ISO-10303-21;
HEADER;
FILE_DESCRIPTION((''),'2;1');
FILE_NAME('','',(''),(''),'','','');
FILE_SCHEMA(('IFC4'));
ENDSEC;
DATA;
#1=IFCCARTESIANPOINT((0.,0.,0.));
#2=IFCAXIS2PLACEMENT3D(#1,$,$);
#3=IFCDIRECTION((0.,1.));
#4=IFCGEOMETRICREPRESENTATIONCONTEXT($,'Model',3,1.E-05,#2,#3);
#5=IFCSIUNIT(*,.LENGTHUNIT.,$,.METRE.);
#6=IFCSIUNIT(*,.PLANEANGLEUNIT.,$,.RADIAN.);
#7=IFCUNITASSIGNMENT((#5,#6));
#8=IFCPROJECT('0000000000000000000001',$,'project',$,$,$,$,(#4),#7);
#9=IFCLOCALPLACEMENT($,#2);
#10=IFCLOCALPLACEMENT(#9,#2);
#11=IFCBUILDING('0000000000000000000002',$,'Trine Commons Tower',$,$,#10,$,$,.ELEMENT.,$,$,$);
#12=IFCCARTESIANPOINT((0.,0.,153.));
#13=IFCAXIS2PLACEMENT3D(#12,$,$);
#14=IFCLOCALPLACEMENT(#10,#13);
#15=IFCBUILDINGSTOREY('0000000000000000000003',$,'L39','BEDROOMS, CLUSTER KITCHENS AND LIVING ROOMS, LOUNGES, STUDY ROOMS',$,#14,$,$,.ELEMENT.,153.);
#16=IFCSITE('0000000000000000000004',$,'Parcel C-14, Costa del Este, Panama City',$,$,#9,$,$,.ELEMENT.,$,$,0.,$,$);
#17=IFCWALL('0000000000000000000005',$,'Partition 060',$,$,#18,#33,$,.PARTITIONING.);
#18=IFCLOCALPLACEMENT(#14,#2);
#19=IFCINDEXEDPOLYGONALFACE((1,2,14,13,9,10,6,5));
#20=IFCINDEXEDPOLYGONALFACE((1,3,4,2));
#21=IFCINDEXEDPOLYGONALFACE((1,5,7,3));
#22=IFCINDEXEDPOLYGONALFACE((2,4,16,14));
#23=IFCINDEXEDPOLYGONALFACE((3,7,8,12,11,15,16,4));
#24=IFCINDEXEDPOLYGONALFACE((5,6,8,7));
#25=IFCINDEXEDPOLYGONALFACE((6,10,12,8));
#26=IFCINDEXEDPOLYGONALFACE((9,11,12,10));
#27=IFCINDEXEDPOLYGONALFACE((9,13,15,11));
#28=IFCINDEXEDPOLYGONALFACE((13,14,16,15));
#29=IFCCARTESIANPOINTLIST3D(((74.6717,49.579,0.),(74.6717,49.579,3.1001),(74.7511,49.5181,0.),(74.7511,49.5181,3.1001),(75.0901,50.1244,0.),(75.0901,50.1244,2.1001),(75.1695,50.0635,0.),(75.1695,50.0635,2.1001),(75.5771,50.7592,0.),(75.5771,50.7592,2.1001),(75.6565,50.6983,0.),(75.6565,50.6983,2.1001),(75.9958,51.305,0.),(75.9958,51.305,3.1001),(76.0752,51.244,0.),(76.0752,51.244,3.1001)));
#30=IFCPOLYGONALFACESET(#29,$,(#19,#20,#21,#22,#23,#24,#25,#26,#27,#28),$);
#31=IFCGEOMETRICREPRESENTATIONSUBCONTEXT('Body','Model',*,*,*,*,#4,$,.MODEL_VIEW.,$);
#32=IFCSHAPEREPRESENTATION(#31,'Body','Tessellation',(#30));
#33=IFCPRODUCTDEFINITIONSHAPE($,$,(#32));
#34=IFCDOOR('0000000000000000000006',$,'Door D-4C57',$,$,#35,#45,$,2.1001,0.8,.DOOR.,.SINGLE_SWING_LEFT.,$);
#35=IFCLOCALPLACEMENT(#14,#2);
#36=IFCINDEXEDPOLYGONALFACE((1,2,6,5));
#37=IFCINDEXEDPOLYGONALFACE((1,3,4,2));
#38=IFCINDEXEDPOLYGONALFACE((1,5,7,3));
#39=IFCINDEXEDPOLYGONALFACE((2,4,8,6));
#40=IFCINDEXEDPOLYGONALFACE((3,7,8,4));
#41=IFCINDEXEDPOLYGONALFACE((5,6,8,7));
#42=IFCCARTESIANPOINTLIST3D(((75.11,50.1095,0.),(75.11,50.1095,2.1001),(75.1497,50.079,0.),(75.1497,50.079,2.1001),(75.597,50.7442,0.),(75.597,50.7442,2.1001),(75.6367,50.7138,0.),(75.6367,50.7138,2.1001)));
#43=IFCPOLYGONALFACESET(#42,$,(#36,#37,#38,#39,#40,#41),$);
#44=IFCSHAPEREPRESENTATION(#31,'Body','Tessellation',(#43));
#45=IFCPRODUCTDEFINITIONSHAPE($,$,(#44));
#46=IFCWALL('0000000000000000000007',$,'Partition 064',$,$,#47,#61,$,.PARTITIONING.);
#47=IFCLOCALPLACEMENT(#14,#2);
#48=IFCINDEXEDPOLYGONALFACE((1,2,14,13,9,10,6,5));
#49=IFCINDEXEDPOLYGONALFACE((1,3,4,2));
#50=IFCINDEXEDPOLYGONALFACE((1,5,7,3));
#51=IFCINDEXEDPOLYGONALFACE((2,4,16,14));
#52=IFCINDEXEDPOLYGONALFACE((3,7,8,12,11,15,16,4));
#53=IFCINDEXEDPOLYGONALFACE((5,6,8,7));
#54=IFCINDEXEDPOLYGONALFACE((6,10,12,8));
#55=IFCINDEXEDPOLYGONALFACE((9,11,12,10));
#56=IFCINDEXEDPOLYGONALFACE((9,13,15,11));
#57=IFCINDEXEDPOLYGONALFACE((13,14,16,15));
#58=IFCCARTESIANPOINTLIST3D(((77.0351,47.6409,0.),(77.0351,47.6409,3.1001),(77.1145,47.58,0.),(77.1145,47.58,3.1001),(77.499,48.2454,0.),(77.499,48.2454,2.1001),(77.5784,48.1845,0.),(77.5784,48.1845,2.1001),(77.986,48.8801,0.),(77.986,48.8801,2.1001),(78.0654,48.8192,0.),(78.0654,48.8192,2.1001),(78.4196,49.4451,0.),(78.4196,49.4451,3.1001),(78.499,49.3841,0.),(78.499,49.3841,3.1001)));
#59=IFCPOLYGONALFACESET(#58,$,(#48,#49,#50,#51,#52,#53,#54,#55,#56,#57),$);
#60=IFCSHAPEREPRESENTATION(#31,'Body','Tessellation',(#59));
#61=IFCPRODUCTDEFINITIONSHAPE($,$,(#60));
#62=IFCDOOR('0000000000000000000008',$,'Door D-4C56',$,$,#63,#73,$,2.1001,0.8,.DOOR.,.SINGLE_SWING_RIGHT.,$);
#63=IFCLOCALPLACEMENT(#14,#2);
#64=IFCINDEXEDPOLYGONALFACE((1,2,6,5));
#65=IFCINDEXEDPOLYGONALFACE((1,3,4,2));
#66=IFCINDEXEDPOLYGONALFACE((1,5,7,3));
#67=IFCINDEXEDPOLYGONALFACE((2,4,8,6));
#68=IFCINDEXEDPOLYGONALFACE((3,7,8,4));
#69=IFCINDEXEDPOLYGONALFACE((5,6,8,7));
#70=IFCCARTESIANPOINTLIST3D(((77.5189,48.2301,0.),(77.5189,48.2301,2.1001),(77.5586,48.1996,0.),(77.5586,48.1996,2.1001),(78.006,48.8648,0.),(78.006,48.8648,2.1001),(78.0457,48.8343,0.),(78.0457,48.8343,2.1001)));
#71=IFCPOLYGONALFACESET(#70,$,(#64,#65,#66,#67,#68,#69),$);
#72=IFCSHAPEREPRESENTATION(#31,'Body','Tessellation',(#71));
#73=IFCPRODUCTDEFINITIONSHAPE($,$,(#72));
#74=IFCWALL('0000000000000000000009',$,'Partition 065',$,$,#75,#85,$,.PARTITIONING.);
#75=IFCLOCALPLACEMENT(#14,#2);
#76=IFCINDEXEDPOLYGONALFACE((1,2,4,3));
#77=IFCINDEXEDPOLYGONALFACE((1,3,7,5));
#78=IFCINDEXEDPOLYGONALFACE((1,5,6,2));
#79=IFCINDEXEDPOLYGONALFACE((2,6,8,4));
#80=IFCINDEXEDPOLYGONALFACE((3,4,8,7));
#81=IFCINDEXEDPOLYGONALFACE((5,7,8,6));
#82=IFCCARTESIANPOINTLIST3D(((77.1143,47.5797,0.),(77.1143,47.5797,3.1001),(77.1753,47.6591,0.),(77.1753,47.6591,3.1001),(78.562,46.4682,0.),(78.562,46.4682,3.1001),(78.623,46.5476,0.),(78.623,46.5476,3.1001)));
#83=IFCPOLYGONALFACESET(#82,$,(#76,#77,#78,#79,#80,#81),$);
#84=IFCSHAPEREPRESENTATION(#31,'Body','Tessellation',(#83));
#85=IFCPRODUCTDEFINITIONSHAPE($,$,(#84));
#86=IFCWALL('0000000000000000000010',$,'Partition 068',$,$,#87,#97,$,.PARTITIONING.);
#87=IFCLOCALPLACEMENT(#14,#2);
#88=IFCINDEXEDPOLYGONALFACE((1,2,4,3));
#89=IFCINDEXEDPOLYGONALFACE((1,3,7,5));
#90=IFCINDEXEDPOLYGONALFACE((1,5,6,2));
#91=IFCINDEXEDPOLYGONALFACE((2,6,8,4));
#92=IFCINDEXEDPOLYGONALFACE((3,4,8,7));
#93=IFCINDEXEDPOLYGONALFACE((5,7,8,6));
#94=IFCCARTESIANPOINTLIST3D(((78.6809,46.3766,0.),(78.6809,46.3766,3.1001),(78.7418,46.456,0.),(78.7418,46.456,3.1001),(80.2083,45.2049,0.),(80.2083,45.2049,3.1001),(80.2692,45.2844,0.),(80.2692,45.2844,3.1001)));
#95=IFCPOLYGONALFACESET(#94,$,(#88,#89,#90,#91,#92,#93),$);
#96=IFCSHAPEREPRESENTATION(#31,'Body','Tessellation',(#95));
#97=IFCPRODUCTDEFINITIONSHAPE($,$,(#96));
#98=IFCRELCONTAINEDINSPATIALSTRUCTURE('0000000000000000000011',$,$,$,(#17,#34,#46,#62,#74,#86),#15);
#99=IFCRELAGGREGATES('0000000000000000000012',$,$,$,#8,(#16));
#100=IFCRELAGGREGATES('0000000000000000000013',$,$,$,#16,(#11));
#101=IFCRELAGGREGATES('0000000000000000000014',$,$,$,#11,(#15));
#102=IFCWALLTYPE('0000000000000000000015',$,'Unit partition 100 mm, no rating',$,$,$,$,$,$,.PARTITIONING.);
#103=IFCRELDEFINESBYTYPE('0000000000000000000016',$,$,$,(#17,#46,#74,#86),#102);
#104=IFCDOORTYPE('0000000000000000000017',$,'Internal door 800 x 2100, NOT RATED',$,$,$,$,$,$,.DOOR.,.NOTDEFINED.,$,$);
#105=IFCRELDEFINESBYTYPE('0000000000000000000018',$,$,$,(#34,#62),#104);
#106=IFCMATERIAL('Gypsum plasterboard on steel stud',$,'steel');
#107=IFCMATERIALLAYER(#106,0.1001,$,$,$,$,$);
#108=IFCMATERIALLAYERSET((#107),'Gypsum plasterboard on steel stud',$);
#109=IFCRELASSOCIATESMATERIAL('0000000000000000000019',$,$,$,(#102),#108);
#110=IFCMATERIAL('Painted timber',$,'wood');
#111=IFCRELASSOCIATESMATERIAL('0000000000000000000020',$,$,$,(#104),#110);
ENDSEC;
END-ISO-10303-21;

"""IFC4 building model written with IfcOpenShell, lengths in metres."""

from ifc_helpers import new_model, si_unit, direction, frame, frame_2d, origin, place, context, subcontext, project, spatial, rectangle, extrude, material, layer, layer_set, type_object, element, fill, save


model = new_model("IFC4")

# Units and contexts
model_context = context("Model", 3, precision=1e-05, world=origin(), true_north=direction((0.0, 1.0)))
body_context = subcontext(model_context, "Body", "Model", "MODEL_VIEW")
ifc_project = project(units=[si_unit("LENGTHUNIT", "METRE"), si_unit("PLANEANGLEUNIT", "RADIAN")], contexts=[model_context])

# Site, building, storey
site_placement = place(None, origin())
site = spatial("IfcSite", under=ifc_project, at=site_placement, Name="Parcel C-14, Costa del Este, Panama City", CompositionType="ELEMENT", RefElevation=0.0)
building_placement = place(site_placement, origin())
building = spatial("IfcBuilding", under=site, at=building_placement, Name="Trine Commons Tower", CompositionType="ELEMENT")
storey_placement = place(building_placement, frame((0.0, 0.0, 153.0)))
storey = spatial("IfcBuildingStorey", under=building, at=storey_placement, Name="L39", Description="BEDROOMS, CLUSTER KITCHENS AND LIVING ROOMS, LOUNGES, STUDY ROOMS", CompositionType="ELEMENT", Elevation=153.0)

# Shared definitions
ifc_material_1 = material(Name="Gypsum plasterboard on steel stud", Category="steel")
ifc_material_2 = material(Name="Painted timber", Category="wood")

# Walls, openings, doors
ifc_layer_1 = layer(ifc_material_1, 0.1001)
ifc_layer_set_1 = layer_set([ifc_layer_1], Name="Gypsum plasterboard on steel stud")
wall_type_1 = type_object("IfcWallType", Name="Unit partition 100 mm, no rating", PredefinedType="PARTITIONING", material=ifc_layer_set_1)
wall_1_placement = place(storey_placement, frame((74.7114, 49.5486, 0.0), z_axis=(0.0, 0.0, 1.0), x_axis=(0.608674, 0.79342, 0.0)))
wall_1 = element("IfcWall", 1, at=wall_1_placement, inside=storey, type_object=wall_type_1, Name="Partition 060", PredefinedType="PARTITIONING", context=body_context, shape_type="SweptSolid", body=[
    extrude(rectangle(XDim=2.1753, YDim=0.1001, at=frame_2d((1.0876, 0.0))), origin(), (0.0, 0.0, 1.0), 3.1001),
])
opening_1_placement = place(wall_1_placement, frame((0.6875, 0.0, 0.0)))
opening_1 = element("IfcOpeningElement", 2, at=opening_1_placement, cuts=wall_1, PredefinedType="OPENING", context=body_context, shape_type="SweptSolid", body=[
    extrude(rectangle(XDim=0.8, YDim=2.1001, at=frame_2d((0.3999, 1.05))), frame((0.0, 0.0601, 0.0), z_axis=(0.0, -1.0, 0.0), x_axis=(1.0, 0.0, 0.0)), (0.0, 0.0, 1.0), 0.1201),
])
door_type_1 = type_object("IfcDoorType", Name="Internal door 800 x 2100, NOT RATED", OperationType="NOTDEFINED", PredefinedType="DOOR", material=ifc_material_2)
door_1_placement = place(opening_1_placement, frame((0.8, 0.0, 0.0), z_axis=(0.0, 0.0, 1.0), x_axis=(-1.0, 0.0, 0.0)))
door_1 = element("IfcDoor", 3, at=door_1_placement, inside=storey, type_object=door_type_1, Name="Door D-4C57", OperationType="SINGLE_SWING_LEFT", OverallHeight=2.1001, OverallWidth=0.8, PredefinedType="DOOR", context=body_context, shape_type="SweptSolid", body=[
    extrude(rectangle(XDim=0.8, YDim=2.1001, at=frame_2d((0.3999, 1.05))), frame((0.0, 0.0249, 0.0), z_axis=(0.0, -1.0, 0.0), x_axis=(1.0, 0.0, 0.0)), (0.0, 0.0, 1.0), 0.05),
])
fill(opening_1, door_1)
wall_2_placement = place(storey_placement, frame((77.0747, 47.6104, 0.0), z_axis=(0.0, 0.0, 1.0), x_axis=(0.608792, 0.79333, 0.0)))
wall_2 = element("IfcWall", 4, at=wall_2_placement, inside=storey, type_object=wall_type_1, Name="Partition 064", PredefinedType="PARTITIONING", context=body_context, shape_type="SweptSolid", body=[
    extrude(rectangle(XDim=2.2742, YDim=0.1001, at=frame_2d((1.1372, 0.0))), origin(), (0.0, 0.0, 1.0), 3.1001),
])
opening_2_placement = place(wall_2_placement, frame((0.7622, 0.0, 0.0)))
opening_2 = element("IfcOpeningElement", 5, at=opening_2_placement, cuts=wall_2, PredefinedType="OPENING", context=body_context, shape_type="SweptSolid", body=[
    extrude(rectangle(XDim=0.8, YDim=2.1001, at=frame_2d((0.3999, 1.05))), frame((0.0, 0.0601, 0.0), z_axis=(0.0, -1.0, 0.0), x_axis=(1.0, 0.0, 0.0)), (0.0, 0.0, 1.0), 0.1201),
])
door_2_placement = place(opening_2_placement, origin())
door_2 = element("IfcDoor", 6, at=door_2_placement, inside=storey, type_object=door_type_1, Name="Door D-4C56", OperationType="SINGLE_SWING_RIGHT", OverallHeight=2.1001, OverallWidth=0.8, PredefinedType="DOOR", context=body_context, shape_type="SweptSolid", body=[
    extrude(rectangle(XDim=0.8, YDim=2.1001, at=frame_2d((0.3999, 1.05))), frame((0.0, 0.0249, 0.0), z_axis=(0.0, -1.0, 0.0), x_axis=(1.0, 0.0, 0.0)), (0.0, 0.0, 1.0), 0.05),
])
fill(opening_2, door_2)

# Walls
wall_3_placement = place(storey_placement, frame((77.1448, 47.6194, 0.0), z_axis=(0.0, 0.0, 1.0), x_axis=(0.793176, -0.608993, 0.0)))
element("IfcWall", 7, at=wall_3_placement, inside=storey, type_object=wall_type_1, Name="Partition 065", PredefinedType="PARTITIONING", context=body_context, shape_type="SweptSolid", body=[
    extrude(rectangle(XDim=1.8252, YDim=0.1001, at=frame_2d((0.9126, 0.0))), origin(), (0.0, 0.0, 1.0), 3.1001),
])
wall_4_placement = place(storey_placement, frame((78.7114, 46.4163, 0.0), z_axis=(0.0, 0.0, 1.0), x_axis=(0.793439, -0.60865, 0.0)))
element("IfcWall", 8, at=wall_4_placement, inside=storey, type_object=wall_type_1, Name="Partition 068", PredefinedType="PARTITIONING", context=body_context, shape_type="SweptSolid", body=[
    extrude(rectangle(XDim=1.925, YDim=0.1001, at=frame_2d((0.9624, 0.0))), origin(), (0.0, 0.0, 1.0), 3.1001),
])

save(model, "model.ifc")
